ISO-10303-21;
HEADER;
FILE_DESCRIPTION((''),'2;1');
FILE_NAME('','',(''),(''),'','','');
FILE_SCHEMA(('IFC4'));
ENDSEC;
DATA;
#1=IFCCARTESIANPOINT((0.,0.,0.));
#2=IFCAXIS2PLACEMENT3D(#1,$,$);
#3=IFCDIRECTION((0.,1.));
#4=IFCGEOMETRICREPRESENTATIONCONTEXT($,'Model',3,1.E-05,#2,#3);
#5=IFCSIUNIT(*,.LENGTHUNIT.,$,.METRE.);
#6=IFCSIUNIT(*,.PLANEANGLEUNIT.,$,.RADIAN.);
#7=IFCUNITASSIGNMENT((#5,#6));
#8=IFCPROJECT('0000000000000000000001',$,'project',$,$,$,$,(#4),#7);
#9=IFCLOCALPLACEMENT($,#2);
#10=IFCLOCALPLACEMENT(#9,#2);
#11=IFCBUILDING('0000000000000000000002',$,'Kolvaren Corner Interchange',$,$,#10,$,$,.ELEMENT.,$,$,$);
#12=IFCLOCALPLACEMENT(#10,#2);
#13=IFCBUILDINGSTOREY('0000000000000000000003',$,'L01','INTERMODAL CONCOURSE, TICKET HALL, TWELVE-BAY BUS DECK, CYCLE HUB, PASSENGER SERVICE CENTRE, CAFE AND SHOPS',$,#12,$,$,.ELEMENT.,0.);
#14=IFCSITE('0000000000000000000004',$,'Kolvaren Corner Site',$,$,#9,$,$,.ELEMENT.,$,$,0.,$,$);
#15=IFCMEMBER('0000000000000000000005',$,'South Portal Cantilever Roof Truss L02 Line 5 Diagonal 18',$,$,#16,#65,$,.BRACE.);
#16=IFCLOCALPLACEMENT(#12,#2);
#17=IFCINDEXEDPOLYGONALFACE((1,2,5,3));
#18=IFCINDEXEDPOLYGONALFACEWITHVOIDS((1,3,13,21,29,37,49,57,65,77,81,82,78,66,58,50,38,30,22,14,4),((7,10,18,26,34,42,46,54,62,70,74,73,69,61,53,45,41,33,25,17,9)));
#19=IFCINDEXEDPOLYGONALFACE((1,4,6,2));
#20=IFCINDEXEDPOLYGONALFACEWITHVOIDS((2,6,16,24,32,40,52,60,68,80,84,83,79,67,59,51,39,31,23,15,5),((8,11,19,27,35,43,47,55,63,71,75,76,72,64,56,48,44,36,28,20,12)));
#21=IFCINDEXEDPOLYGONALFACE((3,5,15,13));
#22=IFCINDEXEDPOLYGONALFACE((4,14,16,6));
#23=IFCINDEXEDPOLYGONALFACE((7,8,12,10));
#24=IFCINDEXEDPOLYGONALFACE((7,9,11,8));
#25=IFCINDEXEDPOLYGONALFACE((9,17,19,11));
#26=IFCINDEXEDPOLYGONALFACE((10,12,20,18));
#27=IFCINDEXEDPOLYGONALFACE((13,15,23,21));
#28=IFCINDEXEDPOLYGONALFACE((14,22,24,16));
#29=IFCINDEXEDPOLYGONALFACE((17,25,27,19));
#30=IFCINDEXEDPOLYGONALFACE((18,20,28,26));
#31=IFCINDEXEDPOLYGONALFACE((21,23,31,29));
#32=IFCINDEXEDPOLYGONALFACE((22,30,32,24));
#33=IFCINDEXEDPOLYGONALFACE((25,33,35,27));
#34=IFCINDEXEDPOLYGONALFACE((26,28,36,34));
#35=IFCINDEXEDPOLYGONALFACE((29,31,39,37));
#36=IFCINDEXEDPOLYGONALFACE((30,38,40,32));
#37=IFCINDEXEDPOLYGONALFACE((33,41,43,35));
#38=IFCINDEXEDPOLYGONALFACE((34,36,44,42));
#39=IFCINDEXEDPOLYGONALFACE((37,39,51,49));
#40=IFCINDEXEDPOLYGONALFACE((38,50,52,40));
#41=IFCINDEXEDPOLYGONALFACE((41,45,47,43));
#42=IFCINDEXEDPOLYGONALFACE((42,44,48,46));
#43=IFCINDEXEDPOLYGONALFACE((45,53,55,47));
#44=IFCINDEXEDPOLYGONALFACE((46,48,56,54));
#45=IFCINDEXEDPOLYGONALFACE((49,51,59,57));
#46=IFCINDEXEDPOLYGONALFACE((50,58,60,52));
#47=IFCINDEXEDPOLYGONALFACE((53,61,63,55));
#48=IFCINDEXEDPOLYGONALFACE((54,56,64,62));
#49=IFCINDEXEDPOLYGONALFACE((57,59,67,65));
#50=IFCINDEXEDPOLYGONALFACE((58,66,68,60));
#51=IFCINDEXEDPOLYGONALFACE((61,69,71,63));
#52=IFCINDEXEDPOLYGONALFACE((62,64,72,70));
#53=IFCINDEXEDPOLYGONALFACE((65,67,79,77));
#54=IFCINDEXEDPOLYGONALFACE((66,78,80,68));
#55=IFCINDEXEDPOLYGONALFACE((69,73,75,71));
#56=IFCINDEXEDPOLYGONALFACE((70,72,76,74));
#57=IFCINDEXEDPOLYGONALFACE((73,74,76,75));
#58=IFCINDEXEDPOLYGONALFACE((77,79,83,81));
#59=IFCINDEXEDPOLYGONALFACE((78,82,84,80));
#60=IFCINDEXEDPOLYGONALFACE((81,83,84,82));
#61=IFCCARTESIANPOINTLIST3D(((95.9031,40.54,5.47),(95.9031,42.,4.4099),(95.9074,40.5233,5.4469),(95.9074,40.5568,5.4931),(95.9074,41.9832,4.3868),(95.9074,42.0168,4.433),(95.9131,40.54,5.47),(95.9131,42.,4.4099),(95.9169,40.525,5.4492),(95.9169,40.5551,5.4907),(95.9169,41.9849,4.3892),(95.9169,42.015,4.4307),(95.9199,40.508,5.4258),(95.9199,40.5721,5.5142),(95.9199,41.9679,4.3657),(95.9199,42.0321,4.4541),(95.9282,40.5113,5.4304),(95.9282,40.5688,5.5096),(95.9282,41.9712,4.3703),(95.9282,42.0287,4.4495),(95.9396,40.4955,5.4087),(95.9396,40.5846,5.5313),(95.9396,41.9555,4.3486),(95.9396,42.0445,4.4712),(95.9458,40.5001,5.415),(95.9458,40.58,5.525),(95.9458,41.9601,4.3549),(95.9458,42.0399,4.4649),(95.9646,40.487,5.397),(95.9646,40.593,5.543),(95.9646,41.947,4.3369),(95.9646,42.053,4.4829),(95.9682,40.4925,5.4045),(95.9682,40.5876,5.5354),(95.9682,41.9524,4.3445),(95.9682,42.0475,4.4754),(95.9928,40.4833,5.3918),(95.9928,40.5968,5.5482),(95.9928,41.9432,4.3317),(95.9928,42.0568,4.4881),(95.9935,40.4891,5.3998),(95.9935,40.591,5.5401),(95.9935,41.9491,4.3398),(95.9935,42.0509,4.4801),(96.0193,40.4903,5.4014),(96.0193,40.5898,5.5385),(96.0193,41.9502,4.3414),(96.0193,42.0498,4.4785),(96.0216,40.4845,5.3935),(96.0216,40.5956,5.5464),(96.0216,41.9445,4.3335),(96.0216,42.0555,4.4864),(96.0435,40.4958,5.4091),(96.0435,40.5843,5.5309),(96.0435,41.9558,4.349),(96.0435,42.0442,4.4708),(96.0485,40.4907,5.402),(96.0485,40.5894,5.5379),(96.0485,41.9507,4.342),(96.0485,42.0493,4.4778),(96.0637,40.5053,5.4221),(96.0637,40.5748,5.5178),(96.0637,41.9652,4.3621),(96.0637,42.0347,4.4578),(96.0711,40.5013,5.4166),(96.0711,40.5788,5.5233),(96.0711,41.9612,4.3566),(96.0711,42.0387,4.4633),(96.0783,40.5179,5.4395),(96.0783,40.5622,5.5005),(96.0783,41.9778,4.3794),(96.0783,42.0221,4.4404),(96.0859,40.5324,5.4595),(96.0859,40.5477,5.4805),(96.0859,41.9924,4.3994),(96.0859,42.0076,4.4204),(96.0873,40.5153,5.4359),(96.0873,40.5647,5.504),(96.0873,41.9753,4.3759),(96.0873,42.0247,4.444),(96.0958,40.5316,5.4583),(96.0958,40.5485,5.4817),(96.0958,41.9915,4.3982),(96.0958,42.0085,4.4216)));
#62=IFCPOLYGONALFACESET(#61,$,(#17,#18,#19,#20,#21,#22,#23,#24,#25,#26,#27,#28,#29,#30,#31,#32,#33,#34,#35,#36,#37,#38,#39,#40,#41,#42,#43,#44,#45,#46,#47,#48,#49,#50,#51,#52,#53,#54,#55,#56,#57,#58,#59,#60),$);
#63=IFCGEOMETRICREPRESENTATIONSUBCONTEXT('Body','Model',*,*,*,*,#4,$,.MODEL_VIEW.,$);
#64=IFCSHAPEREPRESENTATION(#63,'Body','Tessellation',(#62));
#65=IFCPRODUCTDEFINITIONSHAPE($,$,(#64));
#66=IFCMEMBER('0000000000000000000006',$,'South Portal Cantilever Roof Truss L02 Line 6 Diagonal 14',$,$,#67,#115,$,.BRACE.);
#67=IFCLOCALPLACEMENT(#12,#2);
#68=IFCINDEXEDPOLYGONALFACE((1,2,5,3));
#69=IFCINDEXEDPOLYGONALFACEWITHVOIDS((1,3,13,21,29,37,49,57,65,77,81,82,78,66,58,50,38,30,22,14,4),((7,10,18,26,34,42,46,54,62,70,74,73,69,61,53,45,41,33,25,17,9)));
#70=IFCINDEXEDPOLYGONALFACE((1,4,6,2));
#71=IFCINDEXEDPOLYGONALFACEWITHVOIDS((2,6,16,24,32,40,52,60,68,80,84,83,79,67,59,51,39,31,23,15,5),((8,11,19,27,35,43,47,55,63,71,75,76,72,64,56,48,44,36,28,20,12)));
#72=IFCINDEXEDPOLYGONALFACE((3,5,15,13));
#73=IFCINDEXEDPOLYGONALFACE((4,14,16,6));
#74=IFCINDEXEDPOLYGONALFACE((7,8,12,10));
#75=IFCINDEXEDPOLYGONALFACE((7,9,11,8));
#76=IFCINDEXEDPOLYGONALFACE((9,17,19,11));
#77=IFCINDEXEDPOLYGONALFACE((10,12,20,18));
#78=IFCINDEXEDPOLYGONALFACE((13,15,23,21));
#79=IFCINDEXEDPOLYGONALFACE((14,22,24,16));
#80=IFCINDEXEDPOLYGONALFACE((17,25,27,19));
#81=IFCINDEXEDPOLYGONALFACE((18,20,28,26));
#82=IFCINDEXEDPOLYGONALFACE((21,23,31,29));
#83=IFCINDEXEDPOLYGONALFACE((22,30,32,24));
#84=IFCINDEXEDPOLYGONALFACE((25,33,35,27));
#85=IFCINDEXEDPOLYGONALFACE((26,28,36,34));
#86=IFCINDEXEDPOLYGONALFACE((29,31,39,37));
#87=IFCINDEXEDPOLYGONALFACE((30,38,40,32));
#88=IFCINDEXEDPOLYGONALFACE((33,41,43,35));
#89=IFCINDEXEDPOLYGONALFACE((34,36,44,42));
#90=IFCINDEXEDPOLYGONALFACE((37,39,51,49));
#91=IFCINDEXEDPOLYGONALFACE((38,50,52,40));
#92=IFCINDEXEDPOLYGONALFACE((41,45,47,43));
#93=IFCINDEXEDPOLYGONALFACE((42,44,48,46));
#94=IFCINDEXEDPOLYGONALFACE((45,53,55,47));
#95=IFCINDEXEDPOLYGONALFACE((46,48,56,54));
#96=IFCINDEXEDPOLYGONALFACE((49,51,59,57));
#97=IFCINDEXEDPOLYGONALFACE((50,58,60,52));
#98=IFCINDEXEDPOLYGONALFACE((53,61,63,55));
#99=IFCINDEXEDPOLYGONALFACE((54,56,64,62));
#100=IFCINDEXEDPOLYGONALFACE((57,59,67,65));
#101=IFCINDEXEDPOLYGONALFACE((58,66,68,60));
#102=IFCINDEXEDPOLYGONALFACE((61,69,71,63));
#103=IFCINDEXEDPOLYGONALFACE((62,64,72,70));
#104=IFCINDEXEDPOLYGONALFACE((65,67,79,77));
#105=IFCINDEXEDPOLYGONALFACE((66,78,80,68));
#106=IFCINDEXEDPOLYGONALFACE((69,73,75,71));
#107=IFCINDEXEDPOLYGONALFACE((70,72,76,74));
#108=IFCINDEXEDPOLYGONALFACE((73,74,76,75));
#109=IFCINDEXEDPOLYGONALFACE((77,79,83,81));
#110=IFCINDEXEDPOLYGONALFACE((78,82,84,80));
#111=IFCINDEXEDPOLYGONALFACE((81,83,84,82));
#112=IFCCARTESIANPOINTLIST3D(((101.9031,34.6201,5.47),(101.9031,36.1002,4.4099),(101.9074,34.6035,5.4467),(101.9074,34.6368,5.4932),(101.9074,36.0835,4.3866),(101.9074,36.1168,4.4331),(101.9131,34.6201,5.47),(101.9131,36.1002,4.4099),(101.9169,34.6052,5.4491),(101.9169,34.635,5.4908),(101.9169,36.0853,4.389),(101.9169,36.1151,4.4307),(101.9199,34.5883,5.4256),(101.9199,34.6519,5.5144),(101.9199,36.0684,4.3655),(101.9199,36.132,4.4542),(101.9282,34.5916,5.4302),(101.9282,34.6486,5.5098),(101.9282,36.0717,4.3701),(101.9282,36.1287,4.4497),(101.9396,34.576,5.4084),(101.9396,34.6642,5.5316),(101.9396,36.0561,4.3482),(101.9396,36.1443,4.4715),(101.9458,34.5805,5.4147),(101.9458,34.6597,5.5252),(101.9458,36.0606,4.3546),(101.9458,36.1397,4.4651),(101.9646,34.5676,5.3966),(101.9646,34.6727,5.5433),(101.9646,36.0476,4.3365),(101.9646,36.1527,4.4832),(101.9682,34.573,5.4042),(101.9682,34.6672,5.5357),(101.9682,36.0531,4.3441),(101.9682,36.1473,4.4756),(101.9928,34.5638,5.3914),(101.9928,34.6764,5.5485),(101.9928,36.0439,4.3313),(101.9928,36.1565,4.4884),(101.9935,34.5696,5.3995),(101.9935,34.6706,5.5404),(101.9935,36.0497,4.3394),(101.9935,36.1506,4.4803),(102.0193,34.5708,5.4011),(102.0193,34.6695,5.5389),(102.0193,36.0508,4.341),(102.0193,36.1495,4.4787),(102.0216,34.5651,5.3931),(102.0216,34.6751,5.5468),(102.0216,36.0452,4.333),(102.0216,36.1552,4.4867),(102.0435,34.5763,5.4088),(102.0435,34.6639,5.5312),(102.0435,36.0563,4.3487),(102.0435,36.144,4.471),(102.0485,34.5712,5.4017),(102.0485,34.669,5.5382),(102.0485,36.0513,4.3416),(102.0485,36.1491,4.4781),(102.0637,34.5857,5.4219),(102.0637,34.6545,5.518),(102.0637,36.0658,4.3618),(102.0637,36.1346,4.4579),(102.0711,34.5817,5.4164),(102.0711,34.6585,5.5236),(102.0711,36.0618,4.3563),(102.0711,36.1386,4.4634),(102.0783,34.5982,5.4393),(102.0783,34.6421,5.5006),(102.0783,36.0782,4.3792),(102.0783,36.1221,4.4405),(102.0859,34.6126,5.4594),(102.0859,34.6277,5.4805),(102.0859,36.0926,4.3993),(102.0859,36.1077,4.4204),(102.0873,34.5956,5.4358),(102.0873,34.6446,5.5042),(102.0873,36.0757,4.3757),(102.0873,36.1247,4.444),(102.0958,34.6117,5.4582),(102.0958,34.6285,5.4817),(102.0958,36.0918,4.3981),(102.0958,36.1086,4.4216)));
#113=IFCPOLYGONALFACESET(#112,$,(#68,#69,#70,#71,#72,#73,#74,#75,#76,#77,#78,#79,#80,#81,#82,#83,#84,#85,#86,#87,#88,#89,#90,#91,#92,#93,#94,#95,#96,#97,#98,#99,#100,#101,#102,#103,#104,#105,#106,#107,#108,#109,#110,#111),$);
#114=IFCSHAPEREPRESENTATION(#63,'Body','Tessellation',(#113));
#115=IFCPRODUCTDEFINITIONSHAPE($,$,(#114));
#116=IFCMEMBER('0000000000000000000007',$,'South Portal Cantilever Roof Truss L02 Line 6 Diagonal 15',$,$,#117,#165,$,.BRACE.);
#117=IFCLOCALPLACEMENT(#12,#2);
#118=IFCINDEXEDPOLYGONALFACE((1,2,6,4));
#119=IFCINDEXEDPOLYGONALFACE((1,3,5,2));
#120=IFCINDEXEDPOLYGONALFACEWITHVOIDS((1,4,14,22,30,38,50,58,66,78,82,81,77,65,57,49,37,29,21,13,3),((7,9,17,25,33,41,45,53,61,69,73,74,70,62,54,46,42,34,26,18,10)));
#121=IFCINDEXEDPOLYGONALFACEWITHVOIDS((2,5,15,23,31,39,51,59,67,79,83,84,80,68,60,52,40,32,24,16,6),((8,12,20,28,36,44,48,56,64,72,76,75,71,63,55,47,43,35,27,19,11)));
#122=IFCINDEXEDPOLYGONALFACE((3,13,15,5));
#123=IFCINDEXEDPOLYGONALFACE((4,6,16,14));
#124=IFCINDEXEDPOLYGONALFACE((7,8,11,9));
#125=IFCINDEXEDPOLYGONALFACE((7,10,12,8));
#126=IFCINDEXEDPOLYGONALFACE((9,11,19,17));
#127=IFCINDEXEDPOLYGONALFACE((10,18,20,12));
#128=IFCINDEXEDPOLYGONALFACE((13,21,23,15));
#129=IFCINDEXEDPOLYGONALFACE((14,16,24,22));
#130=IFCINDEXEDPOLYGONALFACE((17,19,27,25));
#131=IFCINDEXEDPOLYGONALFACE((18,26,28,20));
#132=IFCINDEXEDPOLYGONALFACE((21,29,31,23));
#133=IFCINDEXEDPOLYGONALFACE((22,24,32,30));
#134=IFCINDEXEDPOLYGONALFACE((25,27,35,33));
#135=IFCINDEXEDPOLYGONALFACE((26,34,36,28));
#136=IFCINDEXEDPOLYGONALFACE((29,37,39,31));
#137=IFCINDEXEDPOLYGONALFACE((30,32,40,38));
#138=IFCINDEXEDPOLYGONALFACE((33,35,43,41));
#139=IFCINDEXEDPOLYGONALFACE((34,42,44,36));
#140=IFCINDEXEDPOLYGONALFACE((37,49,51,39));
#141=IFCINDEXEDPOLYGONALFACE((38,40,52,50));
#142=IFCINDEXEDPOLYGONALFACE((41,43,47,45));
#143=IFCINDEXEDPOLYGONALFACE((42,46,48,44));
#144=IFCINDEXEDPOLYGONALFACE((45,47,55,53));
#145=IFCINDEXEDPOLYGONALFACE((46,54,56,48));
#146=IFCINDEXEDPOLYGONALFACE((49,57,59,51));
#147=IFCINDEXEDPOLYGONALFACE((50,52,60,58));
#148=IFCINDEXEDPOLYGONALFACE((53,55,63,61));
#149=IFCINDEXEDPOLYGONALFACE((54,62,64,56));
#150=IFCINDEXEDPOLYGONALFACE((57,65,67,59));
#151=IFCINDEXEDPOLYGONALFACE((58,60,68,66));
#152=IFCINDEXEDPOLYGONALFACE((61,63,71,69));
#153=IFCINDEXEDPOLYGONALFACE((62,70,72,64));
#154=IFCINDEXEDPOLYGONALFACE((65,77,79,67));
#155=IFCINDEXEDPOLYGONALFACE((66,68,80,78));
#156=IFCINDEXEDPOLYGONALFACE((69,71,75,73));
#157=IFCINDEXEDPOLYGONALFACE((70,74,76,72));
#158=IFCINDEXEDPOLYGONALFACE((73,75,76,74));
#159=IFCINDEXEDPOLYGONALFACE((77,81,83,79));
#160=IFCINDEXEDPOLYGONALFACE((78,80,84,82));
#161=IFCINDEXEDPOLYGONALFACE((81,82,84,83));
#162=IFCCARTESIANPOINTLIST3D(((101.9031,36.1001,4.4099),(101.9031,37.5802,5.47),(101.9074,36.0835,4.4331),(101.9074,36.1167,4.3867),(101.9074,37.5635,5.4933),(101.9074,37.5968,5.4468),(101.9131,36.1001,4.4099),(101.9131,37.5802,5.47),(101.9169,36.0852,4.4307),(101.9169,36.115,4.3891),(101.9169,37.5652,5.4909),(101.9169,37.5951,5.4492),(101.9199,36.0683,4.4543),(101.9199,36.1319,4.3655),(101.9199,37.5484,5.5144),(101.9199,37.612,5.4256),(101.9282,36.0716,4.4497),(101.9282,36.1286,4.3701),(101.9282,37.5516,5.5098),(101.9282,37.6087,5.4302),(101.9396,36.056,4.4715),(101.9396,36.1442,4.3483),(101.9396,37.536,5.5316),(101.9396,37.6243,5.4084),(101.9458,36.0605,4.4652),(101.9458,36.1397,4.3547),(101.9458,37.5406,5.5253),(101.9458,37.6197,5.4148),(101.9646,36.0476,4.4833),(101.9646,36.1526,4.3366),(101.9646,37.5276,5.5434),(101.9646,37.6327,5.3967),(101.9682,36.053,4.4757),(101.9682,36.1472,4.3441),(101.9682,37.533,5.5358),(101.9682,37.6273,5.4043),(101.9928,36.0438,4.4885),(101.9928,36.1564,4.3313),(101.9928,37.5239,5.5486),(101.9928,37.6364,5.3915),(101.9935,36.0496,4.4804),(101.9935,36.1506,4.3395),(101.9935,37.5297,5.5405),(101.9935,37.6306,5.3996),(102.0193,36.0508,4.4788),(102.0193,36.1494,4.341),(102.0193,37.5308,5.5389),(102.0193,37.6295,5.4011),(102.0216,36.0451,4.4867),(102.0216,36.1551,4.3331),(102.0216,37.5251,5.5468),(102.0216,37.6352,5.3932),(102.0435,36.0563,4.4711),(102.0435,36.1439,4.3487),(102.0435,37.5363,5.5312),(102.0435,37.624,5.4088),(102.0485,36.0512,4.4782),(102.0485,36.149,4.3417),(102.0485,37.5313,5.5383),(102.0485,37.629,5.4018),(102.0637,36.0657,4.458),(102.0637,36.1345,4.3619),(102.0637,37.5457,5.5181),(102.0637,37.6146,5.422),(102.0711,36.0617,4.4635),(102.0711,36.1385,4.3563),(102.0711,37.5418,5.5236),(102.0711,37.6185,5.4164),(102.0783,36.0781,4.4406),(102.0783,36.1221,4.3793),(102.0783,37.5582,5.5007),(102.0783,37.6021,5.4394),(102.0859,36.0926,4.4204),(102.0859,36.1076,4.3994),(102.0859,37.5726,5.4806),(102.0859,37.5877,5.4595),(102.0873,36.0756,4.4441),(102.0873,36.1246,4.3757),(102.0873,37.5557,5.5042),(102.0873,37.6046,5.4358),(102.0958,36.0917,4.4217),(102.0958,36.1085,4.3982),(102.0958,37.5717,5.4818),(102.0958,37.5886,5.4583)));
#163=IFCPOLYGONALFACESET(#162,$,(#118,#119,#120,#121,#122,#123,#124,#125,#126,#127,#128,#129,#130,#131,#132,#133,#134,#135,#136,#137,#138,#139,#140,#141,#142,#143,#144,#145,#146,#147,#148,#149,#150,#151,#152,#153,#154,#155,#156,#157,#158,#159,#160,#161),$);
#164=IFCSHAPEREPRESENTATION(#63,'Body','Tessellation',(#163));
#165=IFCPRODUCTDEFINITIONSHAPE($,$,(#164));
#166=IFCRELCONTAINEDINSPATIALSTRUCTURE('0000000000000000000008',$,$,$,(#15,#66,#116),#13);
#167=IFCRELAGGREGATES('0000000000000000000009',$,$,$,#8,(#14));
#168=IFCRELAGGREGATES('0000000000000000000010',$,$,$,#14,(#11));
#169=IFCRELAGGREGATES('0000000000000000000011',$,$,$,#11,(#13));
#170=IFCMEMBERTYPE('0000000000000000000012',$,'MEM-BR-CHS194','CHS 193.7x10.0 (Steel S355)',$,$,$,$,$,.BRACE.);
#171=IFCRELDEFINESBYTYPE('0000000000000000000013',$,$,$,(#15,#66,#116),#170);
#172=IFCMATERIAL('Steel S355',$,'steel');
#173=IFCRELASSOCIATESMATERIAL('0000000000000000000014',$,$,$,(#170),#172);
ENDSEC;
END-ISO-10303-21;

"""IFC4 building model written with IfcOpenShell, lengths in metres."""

from ifc_helpers import new_model, si_unit, direction, frame, origin, origin_2d, place, context, subcontext, project, spatial, hollow_circle, extrude, material, material_profile, profile_set, type_object, element, save


model = new_model("IFC4")

# Units and contexts
model_context = context("Model", 3, precision=1e-05, world=origin(), true_north=direction((0.0, 1.0)))
body_context = subcontext(model_context, "Body", "Model", "MODEL_VIEW")
ifc_project = project(units=[si_unit("LENGTHUNIT", "METRE"), si_unit("PLANEANGLEUNIT", "RADIAN")], contexts=[model_context])

# Site, building, storey
site_placement = place(None, origin())
site = spatial("IfcSite", under=ifc_project, at=site_placement, Name="Kolvaren Corner Site", CompositionType="ELEMENT", RefElevation=0.0)
building_placement = place(site_placement, origin())
building = spatial("IfcBuilding", under=site, at=building_placement, Name="Kolvaren Corner Interchange", CompositionType="ELEMENT")
storey_placement = place(building_placement, origin())
storey = spatial("IfcBuildingStorey", under=building, at=storey_placement, Name="L01", Description="INTERMODAL CONCOURSE, TICKET HALL, TWELVE-BAY BUS DECK, CYCLE HUB, PASSENGER SERVICE CENTRE, CAFE AND SHOPS", CompositionType="ELEMENT", Elevation=0.0)

# Members
ifc_material_1 = material(Name="Steel S355", Category="steel")
ifc_material_profile_1 = material_profile(ifc_material_1, hollow_circle(Radius=0.0969, WallThickness=0.01, at=origin_2d()), Name="CHS 193.7x10.0")
ifc_profile_set_1 = profile_set([ifc_material_profile_1], Name="Steel S355")
member_type_1 = type_object("IfcMemberType", Name="MEM-BR-CHS194", Description="CHS 193.7x10.0 (Steel S355)", PredefinedType="BRACE", material=ifc_profile_set_1)
member_1_placement = place(storey_placement, frame((96.0, 40.54, 5.47), z_axis=(0.0, 0.809192, -0.587544), x_axis=(-1.0, 0.0, 0.0)))
element("IfcMember", 1, at=member_1_placement, inside=storey, type_object=member_type_1, Name="South Portal Cantilever Roof Truss L02 Line 5 Diagonal 18", PredefinedType="BRACE", context=body_context, shape_type="SweptSolid", body=[
    extrude(hollow_circle(Radius=0.0969, WallThickness=0.01, at=origin_2d()), origin(), (0.0, 0.0, 1.0), 1.8042),
])
for number, where, z_axis, x_axis, name in (
    (2, (102.0, 34.6201, 5.47), (0.0, 0.812972, -0.582303), (-1.0, 0.0, 0.0), "South Portal Cantilever Roof Truss L02 Line 6 Diagonal 14"),
    (3, (102.0, 36.1001, 4.4099), (0.0, 0.812972, 0.582303), (-1.0, 0.0, 0.0), "South Portal Cantilever Roof Truss L02 Line 6 Diagonal 15"),
):
    element("IfcMember", number, at=place(storey_placement, frame(where, z_axis=z_axis, x_axis=x_axis)), inside=storey, type_object=member_type_1, Name=name, PredefinedType="BRACE", context=body_context, shape_type="SweptSolid", body=[
        extrude(hollow_circle(Radius=0.0969, WallThickness=0.01, at=origin_2d()), origin(), (0.0, 0.0, 1.0), 1.8206),
    ])

save(model, "model.ifc")
